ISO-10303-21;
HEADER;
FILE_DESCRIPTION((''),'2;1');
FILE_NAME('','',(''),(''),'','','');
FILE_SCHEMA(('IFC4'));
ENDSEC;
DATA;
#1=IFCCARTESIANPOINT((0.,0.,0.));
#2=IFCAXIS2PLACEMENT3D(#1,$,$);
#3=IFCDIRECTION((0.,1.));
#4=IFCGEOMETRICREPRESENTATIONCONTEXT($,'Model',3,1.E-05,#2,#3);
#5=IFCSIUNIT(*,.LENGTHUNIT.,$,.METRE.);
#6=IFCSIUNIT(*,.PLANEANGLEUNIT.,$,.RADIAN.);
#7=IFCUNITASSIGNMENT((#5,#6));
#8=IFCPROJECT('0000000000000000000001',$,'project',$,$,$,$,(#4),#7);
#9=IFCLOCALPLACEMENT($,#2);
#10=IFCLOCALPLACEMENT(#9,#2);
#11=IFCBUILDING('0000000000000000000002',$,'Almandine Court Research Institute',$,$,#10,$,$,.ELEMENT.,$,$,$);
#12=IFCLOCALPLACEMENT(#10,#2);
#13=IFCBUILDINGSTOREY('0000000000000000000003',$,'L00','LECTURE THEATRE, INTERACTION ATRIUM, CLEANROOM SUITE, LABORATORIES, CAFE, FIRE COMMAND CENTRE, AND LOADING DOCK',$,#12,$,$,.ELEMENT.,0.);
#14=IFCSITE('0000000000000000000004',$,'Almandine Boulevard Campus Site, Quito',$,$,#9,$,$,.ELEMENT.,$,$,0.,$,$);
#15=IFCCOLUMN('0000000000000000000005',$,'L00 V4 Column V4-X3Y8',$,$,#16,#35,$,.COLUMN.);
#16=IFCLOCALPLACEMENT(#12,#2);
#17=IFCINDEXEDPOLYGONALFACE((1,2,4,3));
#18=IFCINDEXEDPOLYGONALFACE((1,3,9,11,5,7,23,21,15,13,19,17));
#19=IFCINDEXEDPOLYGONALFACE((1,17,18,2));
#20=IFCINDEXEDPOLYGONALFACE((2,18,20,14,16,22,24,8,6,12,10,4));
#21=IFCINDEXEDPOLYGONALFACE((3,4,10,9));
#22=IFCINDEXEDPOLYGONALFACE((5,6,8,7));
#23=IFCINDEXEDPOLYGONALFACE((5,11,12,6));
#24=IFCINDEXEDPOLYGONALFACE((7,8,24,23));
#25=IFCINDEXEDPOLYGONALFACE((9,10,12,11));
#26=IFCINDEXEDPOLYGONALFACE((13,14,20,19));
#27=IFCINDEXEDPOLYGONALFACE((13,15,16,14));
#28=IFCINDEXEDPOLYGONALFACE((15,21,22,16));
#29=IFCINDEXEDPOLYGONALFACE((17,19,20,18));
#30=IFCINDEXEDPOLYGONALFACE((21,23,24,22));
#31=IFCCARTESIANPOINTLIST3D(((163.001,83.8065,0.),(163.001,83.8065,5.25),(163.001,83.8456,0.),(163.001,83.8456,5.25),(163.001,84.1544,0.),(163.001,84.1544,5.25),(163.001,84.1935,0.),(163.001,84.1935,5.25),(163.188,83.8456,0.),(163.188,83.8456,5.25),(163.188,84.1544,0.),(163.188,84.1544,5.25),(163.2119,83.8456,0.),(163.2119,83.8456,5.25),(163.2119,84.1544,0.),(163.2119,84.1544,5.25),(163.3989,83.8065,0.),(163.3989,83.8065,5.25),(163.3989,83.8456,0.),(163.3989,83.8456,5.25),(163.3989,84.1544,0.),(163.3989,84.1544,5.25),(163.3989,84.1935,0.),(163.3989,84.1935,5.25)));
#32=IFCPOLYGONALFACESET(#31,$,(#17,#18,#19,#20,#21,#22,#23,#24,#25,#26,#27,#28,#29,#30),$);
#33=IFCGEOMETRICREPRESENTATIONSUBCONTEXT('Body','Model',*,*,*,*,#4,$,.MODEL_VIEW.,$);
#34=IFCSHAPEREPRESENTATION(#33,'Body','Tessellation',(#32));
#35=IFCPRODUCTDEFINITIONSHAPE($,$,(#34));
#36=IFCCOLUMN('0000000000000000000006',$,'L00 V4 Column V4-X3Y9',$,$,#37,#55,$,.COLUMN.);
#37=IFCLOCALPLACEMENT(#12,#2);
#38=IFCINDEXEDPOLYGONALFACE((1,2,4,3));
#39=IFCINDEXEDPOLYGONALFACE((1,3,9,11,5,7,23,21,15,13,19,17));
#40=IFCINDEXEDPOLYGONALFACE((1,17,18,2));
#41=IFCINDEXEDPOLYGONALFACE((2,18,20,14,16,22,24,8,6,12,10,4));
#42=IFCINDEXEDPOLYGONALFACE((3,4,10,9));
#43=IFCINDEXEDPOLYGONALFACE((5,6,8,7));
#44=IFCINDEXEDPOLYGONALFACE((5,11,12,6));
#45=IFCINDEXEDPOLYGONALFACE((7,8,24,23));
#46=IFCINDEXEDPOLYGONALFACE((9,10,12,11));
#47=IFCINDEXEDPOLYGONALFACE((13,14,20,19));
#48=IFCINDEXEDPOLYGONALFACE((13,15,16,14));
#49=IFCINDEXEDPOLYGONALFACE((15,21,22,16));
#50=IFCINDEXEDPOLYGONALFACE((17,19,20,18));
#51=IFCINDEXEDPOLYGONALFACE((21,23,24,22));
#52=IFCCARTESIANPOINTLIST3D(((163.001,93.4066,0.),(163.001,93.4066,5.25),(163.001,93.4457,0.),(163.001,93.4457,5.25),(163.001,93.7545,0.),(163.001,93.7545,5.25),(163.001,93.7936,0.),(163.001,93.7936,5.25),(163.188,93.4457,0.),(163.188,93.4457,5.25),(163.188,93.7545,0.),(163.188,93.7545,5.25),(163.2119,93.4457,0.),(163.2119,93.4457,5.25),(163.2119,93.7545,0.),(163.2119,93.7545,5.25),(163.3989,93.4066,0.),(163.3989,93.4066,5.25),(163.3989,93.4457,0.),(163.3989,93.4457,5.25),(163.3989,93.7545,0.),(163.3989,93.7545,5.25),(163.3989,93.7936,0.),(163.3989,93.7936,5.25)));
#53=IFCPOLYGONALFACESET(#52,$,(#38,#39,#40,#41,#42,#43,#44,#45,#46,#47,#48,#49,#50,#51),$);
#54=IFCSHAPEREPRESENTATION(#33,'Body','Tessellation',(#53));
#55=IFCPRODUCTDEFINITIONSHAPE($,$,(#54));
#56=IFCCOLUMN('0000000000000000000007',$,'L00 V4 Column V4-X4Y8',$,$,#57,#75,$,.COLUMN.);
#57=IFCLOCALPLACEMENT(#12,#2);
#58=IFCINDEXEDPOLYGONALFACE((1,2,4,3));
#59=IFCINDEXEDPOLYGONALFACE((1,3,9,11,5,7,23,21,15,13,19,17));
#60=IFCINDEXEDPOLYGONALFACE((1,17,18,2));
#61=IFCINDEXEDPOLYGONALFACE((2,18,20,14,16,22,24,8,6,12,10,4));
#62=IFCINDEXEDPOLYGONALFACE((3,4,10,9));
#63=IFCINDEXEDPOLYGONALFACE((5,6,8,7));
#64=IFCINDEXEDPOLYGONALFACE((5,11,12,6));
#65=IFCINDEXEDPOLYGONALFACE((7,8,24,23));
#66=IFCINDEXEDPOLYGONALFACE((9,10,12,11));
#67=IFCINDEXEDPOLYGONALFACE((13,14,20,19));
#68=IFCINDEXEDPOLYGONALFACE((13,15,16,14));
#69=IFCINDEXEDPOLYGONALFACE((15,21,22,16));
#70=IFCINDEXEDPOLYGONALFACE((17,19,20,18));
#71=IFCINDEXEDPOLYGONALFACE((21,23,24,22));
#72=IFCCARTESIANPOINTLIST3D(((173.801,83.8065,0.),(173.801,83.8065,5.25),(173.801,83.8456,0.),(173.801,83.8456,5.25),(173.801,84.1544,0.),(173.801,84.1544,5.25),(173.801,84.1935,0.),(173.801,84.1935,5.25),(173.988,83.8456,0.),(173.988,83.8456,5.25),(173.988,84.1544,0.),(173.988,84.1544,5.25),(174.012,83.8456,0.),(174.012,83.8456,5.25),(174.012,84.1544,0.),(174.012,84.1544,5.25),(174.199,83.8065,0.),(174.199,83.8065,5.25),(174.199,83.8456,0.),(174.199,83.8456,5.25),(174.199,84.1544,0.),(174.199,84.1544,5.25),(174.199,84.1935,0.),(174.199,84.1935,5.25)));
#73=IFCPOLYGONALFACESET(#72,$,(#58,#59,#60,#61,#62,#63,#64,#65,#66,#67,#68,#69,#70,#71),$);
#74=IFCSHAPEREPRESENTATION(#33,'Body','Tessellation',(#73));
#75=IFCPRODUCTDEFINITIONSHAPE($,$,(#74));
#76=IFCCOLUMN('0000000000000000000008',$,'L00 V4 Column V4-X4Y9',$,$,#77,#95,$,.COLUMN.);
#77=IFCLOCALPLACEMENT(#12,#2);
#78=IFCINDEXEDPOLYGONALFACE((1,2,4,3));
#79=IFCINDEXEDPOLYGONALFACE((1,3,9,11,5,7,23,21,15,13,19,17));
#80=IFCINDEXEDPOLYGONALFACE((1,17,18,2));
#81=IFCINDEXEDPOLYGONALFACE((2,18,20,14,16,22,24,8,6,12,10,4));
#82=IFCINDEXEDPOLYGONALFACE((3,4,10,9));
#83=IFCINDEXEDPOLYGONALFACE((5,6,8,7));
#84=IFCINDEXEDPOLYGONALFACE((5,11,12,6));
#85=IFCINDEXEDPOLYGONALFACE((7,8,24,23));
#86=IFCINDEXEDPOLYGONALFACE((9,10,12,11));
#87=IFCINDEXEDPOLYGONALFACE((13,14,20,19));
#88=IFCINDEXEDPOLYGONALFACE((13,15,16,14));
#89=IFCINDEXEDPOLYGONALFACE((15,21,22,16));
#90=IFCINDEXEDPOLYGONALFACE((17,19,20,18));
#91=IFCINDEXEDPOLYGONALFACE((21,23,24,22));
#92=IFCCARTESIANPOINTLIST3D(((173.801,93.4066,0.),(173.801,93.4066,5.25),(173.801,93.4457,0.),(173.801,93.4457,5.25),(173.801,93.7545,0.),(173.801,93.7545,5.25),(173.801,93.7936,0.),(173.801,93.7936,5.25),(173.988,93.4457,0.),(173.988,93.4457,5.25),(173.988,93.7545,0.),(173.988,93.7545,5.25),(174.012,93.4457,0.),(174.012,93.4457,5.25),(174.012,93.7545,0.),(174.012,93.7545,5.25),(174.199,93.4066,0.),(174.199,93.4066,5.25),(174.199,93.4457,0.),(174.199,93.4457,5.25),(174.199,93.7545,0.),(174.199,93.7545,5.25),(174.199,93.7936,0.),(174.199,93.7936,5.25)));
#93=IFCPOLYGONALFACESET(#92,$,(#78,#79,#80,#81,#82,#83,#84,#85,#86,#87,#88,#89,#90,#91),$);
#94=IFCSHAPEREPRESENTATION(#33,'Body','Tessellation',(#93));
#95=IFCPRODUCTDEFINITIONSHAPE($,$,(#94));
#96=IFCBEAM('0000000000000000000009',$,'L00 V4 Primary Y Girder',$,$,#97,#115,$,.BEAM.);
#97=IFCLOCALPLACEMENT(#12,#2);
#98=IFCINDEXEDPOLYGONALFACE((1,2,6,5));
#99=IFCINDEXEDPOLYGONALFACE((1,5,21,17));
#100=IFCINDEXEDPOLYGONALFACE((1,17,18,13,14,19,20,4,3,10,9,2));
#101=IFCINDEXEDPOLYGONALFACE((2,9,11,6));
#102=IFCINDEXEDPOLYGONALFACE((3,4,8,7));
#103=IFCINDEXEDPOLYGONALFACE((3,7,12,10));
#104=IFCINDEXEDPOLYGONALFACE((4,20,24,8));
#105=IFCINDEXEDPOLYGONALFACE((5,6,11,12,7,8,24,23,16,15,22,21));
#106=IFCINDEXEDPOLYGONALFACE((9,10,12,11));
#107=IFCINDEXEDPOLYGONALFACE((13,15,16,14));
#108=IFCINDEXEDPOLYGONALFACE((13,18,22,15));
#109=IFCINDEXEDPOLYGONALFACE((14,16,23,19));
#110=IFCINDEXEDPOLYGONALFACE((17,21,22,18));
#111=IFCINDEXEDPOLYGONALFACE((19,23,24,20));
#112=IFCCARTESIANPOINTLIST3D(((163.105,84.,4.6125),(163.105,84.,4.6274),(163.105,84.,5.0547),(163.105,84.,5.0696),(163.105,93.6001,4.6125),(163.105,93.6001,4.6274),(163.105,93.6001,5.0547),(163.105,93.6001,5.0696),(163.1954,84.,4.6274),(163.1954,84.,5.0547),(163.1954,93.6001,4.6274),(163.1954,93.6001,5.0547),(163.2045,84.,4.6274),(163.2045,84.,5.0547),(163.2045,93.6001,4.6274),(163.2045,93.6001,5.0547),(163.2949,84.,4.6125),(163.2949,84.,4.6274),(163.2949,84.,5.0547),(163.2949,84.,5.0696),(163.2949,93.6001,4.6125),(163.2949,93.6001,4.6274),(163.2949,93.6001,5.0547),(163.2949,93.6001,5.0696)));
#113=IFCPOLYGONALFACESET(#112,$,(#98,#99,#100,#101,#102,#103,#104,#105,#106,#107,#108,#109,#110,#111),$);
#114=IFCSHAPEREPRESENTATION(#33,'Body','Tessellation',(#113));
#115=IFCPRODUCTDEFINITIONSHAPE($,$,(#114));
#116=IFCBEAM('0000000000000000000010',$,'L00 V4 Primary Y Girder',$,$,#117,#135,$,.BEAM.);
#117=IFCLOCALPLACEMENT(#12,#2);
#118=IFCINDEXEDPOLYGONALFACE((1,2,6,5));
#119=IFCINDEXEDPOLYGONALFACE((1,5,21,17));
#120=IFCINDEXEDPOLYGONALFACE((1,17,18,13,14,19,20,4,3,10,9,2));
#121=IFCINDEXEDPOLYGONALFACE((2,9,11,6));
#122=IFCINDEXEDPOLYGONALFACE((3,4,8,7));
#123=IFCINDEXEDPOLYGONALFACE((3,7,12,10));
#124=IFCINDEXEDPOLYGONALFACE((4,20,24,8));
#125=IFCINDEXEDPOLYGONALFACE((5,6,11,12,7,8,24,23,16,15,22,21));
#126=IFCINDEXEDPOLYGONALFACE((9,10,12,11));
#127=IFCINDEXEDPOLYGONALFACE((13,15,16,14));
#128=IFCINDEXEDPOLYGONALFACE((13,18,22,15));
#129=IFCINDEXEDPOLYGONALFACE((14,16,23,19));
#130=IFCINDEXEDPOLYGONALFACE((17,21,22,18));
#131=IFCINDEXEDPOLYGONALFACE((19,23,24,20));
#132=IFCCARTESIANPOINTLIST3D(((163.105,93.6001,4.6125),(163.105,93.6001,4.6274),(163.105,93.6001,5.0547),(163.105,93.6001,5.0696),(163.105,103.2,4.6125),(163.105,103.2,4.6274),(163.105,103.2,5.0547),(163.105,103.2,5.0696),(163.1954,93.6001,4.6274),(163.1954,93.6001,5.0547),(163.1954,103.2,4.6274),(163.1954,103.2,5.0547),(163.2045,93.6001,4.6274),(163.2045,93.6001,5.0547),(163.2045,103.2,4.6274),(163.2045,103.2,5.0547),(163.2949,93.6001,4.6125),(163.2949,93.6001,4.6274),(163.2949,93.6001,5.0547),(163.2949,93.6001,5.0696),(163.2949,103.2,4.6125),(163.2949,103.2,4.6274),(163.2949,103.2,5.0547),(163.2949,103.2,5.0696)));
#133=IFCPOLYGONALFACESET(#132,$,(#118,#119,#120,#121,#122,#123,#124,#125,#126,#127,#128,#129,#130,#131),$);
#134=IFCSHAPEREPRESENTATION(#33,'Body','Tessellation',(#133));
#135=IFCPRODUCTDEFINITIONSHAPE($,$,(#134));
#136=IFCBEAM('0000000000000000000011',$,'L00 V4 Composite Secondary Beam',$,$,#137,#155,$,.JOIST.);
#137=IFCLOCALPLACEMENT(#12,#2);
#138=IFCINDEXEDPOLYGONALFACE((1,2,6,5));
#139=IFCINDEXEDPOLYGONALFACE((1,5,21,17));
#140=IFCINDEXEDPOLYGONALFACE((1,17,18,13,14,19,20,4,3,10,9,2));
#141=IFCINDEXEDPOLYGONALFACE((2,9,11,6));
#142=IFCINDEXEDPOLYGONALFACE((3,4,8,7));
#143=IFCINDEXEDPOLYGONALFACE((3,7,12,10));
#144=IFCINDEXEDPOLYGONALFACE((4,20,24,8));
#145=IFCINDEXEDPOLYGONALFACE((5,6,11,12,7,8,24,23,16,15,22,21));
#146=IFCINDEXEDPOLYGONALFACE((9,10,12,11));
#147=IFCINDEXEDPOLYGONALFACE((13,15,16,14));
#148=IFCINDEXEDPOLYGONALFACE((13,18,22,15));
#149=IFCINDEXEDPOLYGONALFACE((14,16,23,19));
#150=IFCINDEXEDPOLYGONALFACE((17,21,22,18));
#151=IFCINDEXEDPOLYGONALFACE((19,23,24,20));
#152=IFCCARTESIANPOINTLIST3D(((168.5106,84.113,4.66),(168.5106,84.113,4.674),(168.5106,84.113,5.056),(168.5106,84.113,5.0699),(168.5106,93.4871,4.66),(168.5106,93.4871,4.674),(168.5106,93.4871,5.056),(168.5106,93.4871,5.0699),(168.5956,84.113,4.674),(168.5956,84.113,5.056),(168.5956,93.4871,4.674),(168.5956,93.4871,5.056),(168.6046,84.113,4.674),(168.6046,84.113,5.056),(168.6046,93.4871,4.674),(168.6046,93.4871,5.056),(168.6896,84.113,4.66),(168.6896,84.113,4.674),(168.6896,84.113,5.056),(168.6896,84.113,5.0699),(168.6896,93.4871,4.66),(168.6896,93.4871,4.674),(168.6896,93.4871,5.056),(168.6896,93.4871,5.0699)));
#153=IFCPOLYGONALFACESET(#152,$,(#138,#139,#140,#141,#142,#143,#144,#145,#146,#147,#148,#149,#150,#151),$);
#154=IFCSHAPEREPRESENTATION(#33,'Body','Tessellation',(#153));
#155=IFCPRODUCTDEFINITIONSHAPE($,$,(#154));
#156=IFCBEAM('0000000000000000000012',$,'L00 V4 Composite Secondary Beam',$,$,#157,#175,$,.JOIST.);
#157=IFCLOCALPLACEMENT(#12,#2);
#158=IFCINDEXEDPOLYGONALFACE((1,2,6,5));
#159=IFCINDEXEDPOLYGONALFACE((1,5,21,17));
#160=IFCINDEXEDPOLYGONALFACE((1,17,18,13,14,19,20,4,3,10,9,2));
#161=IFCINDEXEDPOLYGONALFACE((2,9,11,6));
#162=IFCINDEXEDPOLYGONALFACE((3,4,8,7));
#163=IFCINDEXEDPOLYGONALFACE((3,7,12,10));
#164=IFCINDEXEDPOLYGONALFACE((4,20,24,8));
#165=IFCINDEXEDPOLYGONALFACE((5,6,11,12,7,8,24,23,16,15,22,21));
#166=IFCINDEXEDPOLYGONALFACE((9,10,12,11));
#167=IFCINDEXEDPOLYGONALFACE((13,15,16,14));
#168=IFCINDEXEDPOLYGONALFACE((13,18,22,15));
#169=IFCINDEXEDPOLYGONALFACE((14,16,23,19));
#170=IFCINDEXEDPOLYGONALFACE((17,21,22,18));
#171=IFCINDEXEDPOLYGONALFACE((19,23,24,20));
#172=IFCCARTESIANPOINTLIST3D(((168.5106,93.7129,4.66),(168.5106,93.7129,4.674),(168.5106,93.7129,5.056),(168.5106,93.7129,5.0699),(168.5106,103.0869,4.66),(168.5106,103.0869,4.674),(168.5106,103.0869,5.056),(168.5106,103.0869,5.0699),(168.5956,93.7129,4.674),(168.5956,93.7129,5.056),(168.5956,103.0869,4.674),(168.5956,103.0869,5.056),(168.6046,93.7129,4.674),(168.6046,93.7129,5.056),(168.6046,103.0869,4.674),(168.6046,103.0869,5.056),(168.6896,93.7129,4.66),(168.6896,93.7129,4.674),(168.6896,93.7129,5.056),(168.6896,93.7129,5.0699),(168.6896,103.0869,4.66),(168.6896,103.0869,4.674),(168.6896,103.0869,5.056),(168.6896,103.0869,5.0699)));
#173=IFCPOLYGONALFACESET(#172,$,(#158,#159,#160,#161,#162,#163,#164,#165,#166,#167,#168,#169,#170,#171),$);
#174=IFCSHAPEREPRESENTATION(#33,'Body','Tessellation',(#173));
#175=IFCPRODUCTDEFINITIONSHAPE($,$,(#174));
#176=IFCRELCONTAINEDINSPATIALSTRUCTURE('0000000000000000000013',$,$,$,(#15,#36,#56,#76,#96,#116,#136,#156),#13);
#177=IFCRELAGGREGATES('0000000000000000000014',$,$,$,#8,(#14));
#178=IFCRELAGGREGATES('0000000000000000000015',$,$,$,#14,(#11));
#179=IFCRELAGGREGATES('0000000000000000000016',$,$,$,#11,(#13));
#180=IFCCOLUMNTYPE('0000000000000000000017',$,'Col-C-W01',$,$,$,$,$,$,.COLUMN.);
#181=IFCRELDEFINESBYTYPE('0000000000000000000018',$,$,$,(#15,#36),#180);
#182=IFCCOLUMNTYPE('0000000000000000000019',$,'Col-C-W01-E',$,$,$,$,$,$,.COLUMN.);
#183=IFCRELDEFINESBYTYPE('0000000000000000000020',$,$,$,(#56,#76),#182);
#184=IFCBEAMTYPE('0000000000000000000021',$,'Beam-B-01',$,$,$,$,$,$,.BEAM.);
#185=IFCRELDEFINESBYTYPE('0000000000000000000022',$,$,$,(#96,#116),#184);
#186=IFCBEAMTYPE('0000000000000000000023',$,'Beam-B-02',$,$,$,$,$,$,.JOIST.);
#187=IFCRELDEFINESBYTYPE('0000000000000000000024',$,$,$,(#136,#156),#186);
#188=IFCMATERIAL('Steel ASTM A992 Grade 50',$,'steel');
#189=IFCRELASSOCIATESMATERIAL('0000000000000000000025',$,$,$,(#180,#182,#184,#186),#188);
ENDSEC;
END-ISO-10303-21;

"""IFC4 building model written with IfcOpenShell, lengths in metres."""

from ifc_helpers import new_model, si_unit, direction, frame, origin, origin_2d, place, context, subcontext, project, spatial, i_section, extrude, material, material_profile, profile_set, type_object, element, save


model = new_model("IFC4")

# Units and contexts
model_context = context("Model", 3, precision=1e-05, world=origin(), true_north=direction((0.0, 1.0)))
body_context = subcontext(model_context, "Body", "Model", "MODEL_VIEW")
ifc_project = project(units=[si_unit("LENGTHUNIT", "METRE"), si_unit("PLANEANGLEUNIT", "RADIAN")], contexts=[model_context])

# Site, building, storey
site_placement = place(None, origin())
site = spatial("IfcSite", under=ifc_project, at=site_placement, Name="Almandine Boulevard Campus Site, Quito", CompositionType="ELEMENT", RefElevation=0.0)
building_placement = place(site_placement, origin())
building = spatial("IfcBuilding", under=site, at=building_placement, Name="Almandine Court Research Institute", CompositionType="ELEMENT")
storey_placement = place(building_placement, origin())
storey = spatial("IfcBuildingStorey", under=building, at=storey_placement, Name="L00", Description="LECTURE THEATRE, INTERACTION ATRIUM, CLEANROOM SUITE, LABORATORIES, CAFE, FIRE COMMAND CENTRE, AND LOADING DOCK", CompositionType="ELEMENT", Elevation=0.0)

# Columns
ifc_material_1 = material(Name="Steel ASTM A992 Grade 50", Category="steel")
ifc_material_profile_1 = material_profile(ifc_material_1, i_section(OverallWidth=0.3979, OverallDepth=0.387, WebThickness=0.0239, FlangeThickness=0.0391, at=origin_2d()), Name="W360x262")
ifc_profile_set_1 = profile_set([ifc_material_profile_1], Name="Steel ASTM A992 Grade 50")
column_type_1 = type_object("IfcColumnType", Name="Col-C-W01", PredefinedType="COLUMN", material=ifc_profile_set_1)
for number, where, z_axis, x_axis, name in (
    (1, (163.2, 84.0, 0.0), (0.0, 0.0, 1.0), (1.0, 0.0, 0.0), "L00 V4 Column V4-X3Y8"),
    (2, (163.2, 93.6001, 0.0), (0.0, 0.0, 1.0), (1.0, 0.0, 0.0), "L00 V4 Column V4-X3Y9"),
):
    element("IfcColumn", number, at=place(storey_placement, frame(where, z_axis=z_axis, x_axis=x_axis)), inside=storey, type_object=column_type_1, Name=name, PredefinedType="COLUMN", context=body_context, shape_type="SweptSolid", body=[
        extrude(i_section(OverallWidth=0.3979, OverallDepth=0.387, WebThickness=0.0239, FlangeThickness=0.0391, at=origin_2d()), origin(), (0.0, 0.0, 1.0), 5.25),
    ])
ifc_material_profile_2 = material_profile(ifc_material_1, i_section(OverallWidth=0.3979, OverallDepth=0.387, WebThickness=0.0239, FlangeThickness=0.0391, at=origin_2d()), Name="W360x262")
ifc_profile_set_2 = profile_set([ifc_material_profile_2], Name="Steel ASTM A992 Grade 50")
column_type_2 = type_object("IfcColumnType", Name="Col-C-W01-E", PredefinedType="COLUMN", material=ifc_profile_set_2)
for number, where, z_axis, x_axis, name in (
    (3, (174.0, 84.0, 0.0), (0.0, 0.0, 1.0), (1.0, 0.0, 0.0), "L00 V4 Column V4-X4Y8"),
    (4, (174.0, 93.6001, 0.0), (0.0, 0.0, 1.0), (1.0, 0.0, 0.0), "L00 V4 Column V4-X4Y9"),
):
    element("IfcColumn", number, at=place(storey_placement, frame(where, z_axis=z_axis, x_axis=x_axis)), inside=storey, type_object=column_type_2, Name=name, PredefinedType="COLUMN", context=body_context, shape_type="SweptSolid", body=[
        extrude(i_section(OverallWidth=0.3979, OverallDepth=0.387, WebThickness=0.0239, FlangeThickness=0.0391, at=origin_2d()), origin(), (0.0, 0.0, 1.0), 5.25),
    ])

# Beams
ifc_material_profile_3 = material_profile(ifc_material_1, i_section(OverallWidth=0.1899, OverallDepth=0.457, WebThickness=0.009, FlangeThickness=0.0149, at=origin_2d()), Name="W460x74")
ifc_profile_set_3 = profile_set([ifc_material_profile_3], Name="Steel ASTM A992 Grade 50")
beam_type_1 = type_object("IfcBeamType", Name="Beam-B-01", PredefinedType="BEAM", material=ifc_profile_set_3)
beam_1_placement = place(storey_placement, frame((163.2, 84.0, 4.8411), z_axis=(0.0, 1.0, 0.0), x_axis=(-1.0, 0.0, 0.0)))
element("IfcBeam", 5, at=beam_1_placement, inside=storey, type_object=beam_type_1, Name="L00 V4 Primary Y Girder", PredefinedType="BEAM", context=body_context, shape_type="SweptSolid", body=[
    extrude(i_section(OverallWidth=0.1899, OverallDepth=0.457, WebThickness=0.009, FlangeThickness=0.0149, at=origin_2d()), origin(), (0.0, 0.0, 1.0), 9.6001),
])
beam_2_placement = place(storey_placement, frame((163.2, 93.6001, 4.8411), z_axis=(0.0, 1.0, 0.0), x_axis=(-1.0, 0.0, 0.0)))
element("IfcBeam", 6, at=beam_2_placement, inside=storey, type_object=beam_type_1, Name="L00 V4 Primary Y Girder", PredefinedType="BEAM", context=body_context, shape_type="SweptSolid", body=[
    extrude(i_section(OverallWidth=0.1899, OverallDepth=0.457, WebThickness=0.009, FlangeThickness=0.0149, at=origin_2d()), origin(), (0.0, 0.0, 1.0), 9.5999),
])
ifc_material_profile_4 = material_profile(ifc_material_1, i_section(OverallWidth=0.179, OverallDepth=0.4099, WebThickness=0.009, FlangeThickness=0.0139, at=origin_2d()), Name="W410x67")
ifc_profile_set_4 = profile_set([ifc_material_profile_4], Name="Steel ASTM A992 Grade 50")
beam_type_2 = type_object("IfcBeamType", Name="Beam-B-02", PredefinedType="JOIST", material=ifc_profile_set_4)
for number, where, z_axis, x_axis, name in (
    (7, (168.6001, 84.113, 4.865), (0.0, 1.0, 0.0), (-1.0, 0.0, 0.0), "L00 V4 Composite Secondary Beam"),
    (8, (168.6001, 93.7129, 4.865), (0.0, 1.0, 0.0), (-1.0, 0.0, 0.0), "L00 V4 Composite Secondary Beam"),
):
    element("IfcBeam", number, at=place(storey_placement, frame(where, z_axis=z_axis, x_axis=x_axis)), inside=storey, type_object=beam_type_2, Name=name, PredefinedType="JOIST", context=body_context, shape_type="SweptSolid", body=[
        extrude(i_section(OverallWidth=0.179, OverallDepth=0.4099, WebThickness=0.009, FlangeThickness=0.0139, at=origin_2d()), origin(), (0.0, 0.0, 1.0), 9.374),
    ])

save(model, "model.ifc")
